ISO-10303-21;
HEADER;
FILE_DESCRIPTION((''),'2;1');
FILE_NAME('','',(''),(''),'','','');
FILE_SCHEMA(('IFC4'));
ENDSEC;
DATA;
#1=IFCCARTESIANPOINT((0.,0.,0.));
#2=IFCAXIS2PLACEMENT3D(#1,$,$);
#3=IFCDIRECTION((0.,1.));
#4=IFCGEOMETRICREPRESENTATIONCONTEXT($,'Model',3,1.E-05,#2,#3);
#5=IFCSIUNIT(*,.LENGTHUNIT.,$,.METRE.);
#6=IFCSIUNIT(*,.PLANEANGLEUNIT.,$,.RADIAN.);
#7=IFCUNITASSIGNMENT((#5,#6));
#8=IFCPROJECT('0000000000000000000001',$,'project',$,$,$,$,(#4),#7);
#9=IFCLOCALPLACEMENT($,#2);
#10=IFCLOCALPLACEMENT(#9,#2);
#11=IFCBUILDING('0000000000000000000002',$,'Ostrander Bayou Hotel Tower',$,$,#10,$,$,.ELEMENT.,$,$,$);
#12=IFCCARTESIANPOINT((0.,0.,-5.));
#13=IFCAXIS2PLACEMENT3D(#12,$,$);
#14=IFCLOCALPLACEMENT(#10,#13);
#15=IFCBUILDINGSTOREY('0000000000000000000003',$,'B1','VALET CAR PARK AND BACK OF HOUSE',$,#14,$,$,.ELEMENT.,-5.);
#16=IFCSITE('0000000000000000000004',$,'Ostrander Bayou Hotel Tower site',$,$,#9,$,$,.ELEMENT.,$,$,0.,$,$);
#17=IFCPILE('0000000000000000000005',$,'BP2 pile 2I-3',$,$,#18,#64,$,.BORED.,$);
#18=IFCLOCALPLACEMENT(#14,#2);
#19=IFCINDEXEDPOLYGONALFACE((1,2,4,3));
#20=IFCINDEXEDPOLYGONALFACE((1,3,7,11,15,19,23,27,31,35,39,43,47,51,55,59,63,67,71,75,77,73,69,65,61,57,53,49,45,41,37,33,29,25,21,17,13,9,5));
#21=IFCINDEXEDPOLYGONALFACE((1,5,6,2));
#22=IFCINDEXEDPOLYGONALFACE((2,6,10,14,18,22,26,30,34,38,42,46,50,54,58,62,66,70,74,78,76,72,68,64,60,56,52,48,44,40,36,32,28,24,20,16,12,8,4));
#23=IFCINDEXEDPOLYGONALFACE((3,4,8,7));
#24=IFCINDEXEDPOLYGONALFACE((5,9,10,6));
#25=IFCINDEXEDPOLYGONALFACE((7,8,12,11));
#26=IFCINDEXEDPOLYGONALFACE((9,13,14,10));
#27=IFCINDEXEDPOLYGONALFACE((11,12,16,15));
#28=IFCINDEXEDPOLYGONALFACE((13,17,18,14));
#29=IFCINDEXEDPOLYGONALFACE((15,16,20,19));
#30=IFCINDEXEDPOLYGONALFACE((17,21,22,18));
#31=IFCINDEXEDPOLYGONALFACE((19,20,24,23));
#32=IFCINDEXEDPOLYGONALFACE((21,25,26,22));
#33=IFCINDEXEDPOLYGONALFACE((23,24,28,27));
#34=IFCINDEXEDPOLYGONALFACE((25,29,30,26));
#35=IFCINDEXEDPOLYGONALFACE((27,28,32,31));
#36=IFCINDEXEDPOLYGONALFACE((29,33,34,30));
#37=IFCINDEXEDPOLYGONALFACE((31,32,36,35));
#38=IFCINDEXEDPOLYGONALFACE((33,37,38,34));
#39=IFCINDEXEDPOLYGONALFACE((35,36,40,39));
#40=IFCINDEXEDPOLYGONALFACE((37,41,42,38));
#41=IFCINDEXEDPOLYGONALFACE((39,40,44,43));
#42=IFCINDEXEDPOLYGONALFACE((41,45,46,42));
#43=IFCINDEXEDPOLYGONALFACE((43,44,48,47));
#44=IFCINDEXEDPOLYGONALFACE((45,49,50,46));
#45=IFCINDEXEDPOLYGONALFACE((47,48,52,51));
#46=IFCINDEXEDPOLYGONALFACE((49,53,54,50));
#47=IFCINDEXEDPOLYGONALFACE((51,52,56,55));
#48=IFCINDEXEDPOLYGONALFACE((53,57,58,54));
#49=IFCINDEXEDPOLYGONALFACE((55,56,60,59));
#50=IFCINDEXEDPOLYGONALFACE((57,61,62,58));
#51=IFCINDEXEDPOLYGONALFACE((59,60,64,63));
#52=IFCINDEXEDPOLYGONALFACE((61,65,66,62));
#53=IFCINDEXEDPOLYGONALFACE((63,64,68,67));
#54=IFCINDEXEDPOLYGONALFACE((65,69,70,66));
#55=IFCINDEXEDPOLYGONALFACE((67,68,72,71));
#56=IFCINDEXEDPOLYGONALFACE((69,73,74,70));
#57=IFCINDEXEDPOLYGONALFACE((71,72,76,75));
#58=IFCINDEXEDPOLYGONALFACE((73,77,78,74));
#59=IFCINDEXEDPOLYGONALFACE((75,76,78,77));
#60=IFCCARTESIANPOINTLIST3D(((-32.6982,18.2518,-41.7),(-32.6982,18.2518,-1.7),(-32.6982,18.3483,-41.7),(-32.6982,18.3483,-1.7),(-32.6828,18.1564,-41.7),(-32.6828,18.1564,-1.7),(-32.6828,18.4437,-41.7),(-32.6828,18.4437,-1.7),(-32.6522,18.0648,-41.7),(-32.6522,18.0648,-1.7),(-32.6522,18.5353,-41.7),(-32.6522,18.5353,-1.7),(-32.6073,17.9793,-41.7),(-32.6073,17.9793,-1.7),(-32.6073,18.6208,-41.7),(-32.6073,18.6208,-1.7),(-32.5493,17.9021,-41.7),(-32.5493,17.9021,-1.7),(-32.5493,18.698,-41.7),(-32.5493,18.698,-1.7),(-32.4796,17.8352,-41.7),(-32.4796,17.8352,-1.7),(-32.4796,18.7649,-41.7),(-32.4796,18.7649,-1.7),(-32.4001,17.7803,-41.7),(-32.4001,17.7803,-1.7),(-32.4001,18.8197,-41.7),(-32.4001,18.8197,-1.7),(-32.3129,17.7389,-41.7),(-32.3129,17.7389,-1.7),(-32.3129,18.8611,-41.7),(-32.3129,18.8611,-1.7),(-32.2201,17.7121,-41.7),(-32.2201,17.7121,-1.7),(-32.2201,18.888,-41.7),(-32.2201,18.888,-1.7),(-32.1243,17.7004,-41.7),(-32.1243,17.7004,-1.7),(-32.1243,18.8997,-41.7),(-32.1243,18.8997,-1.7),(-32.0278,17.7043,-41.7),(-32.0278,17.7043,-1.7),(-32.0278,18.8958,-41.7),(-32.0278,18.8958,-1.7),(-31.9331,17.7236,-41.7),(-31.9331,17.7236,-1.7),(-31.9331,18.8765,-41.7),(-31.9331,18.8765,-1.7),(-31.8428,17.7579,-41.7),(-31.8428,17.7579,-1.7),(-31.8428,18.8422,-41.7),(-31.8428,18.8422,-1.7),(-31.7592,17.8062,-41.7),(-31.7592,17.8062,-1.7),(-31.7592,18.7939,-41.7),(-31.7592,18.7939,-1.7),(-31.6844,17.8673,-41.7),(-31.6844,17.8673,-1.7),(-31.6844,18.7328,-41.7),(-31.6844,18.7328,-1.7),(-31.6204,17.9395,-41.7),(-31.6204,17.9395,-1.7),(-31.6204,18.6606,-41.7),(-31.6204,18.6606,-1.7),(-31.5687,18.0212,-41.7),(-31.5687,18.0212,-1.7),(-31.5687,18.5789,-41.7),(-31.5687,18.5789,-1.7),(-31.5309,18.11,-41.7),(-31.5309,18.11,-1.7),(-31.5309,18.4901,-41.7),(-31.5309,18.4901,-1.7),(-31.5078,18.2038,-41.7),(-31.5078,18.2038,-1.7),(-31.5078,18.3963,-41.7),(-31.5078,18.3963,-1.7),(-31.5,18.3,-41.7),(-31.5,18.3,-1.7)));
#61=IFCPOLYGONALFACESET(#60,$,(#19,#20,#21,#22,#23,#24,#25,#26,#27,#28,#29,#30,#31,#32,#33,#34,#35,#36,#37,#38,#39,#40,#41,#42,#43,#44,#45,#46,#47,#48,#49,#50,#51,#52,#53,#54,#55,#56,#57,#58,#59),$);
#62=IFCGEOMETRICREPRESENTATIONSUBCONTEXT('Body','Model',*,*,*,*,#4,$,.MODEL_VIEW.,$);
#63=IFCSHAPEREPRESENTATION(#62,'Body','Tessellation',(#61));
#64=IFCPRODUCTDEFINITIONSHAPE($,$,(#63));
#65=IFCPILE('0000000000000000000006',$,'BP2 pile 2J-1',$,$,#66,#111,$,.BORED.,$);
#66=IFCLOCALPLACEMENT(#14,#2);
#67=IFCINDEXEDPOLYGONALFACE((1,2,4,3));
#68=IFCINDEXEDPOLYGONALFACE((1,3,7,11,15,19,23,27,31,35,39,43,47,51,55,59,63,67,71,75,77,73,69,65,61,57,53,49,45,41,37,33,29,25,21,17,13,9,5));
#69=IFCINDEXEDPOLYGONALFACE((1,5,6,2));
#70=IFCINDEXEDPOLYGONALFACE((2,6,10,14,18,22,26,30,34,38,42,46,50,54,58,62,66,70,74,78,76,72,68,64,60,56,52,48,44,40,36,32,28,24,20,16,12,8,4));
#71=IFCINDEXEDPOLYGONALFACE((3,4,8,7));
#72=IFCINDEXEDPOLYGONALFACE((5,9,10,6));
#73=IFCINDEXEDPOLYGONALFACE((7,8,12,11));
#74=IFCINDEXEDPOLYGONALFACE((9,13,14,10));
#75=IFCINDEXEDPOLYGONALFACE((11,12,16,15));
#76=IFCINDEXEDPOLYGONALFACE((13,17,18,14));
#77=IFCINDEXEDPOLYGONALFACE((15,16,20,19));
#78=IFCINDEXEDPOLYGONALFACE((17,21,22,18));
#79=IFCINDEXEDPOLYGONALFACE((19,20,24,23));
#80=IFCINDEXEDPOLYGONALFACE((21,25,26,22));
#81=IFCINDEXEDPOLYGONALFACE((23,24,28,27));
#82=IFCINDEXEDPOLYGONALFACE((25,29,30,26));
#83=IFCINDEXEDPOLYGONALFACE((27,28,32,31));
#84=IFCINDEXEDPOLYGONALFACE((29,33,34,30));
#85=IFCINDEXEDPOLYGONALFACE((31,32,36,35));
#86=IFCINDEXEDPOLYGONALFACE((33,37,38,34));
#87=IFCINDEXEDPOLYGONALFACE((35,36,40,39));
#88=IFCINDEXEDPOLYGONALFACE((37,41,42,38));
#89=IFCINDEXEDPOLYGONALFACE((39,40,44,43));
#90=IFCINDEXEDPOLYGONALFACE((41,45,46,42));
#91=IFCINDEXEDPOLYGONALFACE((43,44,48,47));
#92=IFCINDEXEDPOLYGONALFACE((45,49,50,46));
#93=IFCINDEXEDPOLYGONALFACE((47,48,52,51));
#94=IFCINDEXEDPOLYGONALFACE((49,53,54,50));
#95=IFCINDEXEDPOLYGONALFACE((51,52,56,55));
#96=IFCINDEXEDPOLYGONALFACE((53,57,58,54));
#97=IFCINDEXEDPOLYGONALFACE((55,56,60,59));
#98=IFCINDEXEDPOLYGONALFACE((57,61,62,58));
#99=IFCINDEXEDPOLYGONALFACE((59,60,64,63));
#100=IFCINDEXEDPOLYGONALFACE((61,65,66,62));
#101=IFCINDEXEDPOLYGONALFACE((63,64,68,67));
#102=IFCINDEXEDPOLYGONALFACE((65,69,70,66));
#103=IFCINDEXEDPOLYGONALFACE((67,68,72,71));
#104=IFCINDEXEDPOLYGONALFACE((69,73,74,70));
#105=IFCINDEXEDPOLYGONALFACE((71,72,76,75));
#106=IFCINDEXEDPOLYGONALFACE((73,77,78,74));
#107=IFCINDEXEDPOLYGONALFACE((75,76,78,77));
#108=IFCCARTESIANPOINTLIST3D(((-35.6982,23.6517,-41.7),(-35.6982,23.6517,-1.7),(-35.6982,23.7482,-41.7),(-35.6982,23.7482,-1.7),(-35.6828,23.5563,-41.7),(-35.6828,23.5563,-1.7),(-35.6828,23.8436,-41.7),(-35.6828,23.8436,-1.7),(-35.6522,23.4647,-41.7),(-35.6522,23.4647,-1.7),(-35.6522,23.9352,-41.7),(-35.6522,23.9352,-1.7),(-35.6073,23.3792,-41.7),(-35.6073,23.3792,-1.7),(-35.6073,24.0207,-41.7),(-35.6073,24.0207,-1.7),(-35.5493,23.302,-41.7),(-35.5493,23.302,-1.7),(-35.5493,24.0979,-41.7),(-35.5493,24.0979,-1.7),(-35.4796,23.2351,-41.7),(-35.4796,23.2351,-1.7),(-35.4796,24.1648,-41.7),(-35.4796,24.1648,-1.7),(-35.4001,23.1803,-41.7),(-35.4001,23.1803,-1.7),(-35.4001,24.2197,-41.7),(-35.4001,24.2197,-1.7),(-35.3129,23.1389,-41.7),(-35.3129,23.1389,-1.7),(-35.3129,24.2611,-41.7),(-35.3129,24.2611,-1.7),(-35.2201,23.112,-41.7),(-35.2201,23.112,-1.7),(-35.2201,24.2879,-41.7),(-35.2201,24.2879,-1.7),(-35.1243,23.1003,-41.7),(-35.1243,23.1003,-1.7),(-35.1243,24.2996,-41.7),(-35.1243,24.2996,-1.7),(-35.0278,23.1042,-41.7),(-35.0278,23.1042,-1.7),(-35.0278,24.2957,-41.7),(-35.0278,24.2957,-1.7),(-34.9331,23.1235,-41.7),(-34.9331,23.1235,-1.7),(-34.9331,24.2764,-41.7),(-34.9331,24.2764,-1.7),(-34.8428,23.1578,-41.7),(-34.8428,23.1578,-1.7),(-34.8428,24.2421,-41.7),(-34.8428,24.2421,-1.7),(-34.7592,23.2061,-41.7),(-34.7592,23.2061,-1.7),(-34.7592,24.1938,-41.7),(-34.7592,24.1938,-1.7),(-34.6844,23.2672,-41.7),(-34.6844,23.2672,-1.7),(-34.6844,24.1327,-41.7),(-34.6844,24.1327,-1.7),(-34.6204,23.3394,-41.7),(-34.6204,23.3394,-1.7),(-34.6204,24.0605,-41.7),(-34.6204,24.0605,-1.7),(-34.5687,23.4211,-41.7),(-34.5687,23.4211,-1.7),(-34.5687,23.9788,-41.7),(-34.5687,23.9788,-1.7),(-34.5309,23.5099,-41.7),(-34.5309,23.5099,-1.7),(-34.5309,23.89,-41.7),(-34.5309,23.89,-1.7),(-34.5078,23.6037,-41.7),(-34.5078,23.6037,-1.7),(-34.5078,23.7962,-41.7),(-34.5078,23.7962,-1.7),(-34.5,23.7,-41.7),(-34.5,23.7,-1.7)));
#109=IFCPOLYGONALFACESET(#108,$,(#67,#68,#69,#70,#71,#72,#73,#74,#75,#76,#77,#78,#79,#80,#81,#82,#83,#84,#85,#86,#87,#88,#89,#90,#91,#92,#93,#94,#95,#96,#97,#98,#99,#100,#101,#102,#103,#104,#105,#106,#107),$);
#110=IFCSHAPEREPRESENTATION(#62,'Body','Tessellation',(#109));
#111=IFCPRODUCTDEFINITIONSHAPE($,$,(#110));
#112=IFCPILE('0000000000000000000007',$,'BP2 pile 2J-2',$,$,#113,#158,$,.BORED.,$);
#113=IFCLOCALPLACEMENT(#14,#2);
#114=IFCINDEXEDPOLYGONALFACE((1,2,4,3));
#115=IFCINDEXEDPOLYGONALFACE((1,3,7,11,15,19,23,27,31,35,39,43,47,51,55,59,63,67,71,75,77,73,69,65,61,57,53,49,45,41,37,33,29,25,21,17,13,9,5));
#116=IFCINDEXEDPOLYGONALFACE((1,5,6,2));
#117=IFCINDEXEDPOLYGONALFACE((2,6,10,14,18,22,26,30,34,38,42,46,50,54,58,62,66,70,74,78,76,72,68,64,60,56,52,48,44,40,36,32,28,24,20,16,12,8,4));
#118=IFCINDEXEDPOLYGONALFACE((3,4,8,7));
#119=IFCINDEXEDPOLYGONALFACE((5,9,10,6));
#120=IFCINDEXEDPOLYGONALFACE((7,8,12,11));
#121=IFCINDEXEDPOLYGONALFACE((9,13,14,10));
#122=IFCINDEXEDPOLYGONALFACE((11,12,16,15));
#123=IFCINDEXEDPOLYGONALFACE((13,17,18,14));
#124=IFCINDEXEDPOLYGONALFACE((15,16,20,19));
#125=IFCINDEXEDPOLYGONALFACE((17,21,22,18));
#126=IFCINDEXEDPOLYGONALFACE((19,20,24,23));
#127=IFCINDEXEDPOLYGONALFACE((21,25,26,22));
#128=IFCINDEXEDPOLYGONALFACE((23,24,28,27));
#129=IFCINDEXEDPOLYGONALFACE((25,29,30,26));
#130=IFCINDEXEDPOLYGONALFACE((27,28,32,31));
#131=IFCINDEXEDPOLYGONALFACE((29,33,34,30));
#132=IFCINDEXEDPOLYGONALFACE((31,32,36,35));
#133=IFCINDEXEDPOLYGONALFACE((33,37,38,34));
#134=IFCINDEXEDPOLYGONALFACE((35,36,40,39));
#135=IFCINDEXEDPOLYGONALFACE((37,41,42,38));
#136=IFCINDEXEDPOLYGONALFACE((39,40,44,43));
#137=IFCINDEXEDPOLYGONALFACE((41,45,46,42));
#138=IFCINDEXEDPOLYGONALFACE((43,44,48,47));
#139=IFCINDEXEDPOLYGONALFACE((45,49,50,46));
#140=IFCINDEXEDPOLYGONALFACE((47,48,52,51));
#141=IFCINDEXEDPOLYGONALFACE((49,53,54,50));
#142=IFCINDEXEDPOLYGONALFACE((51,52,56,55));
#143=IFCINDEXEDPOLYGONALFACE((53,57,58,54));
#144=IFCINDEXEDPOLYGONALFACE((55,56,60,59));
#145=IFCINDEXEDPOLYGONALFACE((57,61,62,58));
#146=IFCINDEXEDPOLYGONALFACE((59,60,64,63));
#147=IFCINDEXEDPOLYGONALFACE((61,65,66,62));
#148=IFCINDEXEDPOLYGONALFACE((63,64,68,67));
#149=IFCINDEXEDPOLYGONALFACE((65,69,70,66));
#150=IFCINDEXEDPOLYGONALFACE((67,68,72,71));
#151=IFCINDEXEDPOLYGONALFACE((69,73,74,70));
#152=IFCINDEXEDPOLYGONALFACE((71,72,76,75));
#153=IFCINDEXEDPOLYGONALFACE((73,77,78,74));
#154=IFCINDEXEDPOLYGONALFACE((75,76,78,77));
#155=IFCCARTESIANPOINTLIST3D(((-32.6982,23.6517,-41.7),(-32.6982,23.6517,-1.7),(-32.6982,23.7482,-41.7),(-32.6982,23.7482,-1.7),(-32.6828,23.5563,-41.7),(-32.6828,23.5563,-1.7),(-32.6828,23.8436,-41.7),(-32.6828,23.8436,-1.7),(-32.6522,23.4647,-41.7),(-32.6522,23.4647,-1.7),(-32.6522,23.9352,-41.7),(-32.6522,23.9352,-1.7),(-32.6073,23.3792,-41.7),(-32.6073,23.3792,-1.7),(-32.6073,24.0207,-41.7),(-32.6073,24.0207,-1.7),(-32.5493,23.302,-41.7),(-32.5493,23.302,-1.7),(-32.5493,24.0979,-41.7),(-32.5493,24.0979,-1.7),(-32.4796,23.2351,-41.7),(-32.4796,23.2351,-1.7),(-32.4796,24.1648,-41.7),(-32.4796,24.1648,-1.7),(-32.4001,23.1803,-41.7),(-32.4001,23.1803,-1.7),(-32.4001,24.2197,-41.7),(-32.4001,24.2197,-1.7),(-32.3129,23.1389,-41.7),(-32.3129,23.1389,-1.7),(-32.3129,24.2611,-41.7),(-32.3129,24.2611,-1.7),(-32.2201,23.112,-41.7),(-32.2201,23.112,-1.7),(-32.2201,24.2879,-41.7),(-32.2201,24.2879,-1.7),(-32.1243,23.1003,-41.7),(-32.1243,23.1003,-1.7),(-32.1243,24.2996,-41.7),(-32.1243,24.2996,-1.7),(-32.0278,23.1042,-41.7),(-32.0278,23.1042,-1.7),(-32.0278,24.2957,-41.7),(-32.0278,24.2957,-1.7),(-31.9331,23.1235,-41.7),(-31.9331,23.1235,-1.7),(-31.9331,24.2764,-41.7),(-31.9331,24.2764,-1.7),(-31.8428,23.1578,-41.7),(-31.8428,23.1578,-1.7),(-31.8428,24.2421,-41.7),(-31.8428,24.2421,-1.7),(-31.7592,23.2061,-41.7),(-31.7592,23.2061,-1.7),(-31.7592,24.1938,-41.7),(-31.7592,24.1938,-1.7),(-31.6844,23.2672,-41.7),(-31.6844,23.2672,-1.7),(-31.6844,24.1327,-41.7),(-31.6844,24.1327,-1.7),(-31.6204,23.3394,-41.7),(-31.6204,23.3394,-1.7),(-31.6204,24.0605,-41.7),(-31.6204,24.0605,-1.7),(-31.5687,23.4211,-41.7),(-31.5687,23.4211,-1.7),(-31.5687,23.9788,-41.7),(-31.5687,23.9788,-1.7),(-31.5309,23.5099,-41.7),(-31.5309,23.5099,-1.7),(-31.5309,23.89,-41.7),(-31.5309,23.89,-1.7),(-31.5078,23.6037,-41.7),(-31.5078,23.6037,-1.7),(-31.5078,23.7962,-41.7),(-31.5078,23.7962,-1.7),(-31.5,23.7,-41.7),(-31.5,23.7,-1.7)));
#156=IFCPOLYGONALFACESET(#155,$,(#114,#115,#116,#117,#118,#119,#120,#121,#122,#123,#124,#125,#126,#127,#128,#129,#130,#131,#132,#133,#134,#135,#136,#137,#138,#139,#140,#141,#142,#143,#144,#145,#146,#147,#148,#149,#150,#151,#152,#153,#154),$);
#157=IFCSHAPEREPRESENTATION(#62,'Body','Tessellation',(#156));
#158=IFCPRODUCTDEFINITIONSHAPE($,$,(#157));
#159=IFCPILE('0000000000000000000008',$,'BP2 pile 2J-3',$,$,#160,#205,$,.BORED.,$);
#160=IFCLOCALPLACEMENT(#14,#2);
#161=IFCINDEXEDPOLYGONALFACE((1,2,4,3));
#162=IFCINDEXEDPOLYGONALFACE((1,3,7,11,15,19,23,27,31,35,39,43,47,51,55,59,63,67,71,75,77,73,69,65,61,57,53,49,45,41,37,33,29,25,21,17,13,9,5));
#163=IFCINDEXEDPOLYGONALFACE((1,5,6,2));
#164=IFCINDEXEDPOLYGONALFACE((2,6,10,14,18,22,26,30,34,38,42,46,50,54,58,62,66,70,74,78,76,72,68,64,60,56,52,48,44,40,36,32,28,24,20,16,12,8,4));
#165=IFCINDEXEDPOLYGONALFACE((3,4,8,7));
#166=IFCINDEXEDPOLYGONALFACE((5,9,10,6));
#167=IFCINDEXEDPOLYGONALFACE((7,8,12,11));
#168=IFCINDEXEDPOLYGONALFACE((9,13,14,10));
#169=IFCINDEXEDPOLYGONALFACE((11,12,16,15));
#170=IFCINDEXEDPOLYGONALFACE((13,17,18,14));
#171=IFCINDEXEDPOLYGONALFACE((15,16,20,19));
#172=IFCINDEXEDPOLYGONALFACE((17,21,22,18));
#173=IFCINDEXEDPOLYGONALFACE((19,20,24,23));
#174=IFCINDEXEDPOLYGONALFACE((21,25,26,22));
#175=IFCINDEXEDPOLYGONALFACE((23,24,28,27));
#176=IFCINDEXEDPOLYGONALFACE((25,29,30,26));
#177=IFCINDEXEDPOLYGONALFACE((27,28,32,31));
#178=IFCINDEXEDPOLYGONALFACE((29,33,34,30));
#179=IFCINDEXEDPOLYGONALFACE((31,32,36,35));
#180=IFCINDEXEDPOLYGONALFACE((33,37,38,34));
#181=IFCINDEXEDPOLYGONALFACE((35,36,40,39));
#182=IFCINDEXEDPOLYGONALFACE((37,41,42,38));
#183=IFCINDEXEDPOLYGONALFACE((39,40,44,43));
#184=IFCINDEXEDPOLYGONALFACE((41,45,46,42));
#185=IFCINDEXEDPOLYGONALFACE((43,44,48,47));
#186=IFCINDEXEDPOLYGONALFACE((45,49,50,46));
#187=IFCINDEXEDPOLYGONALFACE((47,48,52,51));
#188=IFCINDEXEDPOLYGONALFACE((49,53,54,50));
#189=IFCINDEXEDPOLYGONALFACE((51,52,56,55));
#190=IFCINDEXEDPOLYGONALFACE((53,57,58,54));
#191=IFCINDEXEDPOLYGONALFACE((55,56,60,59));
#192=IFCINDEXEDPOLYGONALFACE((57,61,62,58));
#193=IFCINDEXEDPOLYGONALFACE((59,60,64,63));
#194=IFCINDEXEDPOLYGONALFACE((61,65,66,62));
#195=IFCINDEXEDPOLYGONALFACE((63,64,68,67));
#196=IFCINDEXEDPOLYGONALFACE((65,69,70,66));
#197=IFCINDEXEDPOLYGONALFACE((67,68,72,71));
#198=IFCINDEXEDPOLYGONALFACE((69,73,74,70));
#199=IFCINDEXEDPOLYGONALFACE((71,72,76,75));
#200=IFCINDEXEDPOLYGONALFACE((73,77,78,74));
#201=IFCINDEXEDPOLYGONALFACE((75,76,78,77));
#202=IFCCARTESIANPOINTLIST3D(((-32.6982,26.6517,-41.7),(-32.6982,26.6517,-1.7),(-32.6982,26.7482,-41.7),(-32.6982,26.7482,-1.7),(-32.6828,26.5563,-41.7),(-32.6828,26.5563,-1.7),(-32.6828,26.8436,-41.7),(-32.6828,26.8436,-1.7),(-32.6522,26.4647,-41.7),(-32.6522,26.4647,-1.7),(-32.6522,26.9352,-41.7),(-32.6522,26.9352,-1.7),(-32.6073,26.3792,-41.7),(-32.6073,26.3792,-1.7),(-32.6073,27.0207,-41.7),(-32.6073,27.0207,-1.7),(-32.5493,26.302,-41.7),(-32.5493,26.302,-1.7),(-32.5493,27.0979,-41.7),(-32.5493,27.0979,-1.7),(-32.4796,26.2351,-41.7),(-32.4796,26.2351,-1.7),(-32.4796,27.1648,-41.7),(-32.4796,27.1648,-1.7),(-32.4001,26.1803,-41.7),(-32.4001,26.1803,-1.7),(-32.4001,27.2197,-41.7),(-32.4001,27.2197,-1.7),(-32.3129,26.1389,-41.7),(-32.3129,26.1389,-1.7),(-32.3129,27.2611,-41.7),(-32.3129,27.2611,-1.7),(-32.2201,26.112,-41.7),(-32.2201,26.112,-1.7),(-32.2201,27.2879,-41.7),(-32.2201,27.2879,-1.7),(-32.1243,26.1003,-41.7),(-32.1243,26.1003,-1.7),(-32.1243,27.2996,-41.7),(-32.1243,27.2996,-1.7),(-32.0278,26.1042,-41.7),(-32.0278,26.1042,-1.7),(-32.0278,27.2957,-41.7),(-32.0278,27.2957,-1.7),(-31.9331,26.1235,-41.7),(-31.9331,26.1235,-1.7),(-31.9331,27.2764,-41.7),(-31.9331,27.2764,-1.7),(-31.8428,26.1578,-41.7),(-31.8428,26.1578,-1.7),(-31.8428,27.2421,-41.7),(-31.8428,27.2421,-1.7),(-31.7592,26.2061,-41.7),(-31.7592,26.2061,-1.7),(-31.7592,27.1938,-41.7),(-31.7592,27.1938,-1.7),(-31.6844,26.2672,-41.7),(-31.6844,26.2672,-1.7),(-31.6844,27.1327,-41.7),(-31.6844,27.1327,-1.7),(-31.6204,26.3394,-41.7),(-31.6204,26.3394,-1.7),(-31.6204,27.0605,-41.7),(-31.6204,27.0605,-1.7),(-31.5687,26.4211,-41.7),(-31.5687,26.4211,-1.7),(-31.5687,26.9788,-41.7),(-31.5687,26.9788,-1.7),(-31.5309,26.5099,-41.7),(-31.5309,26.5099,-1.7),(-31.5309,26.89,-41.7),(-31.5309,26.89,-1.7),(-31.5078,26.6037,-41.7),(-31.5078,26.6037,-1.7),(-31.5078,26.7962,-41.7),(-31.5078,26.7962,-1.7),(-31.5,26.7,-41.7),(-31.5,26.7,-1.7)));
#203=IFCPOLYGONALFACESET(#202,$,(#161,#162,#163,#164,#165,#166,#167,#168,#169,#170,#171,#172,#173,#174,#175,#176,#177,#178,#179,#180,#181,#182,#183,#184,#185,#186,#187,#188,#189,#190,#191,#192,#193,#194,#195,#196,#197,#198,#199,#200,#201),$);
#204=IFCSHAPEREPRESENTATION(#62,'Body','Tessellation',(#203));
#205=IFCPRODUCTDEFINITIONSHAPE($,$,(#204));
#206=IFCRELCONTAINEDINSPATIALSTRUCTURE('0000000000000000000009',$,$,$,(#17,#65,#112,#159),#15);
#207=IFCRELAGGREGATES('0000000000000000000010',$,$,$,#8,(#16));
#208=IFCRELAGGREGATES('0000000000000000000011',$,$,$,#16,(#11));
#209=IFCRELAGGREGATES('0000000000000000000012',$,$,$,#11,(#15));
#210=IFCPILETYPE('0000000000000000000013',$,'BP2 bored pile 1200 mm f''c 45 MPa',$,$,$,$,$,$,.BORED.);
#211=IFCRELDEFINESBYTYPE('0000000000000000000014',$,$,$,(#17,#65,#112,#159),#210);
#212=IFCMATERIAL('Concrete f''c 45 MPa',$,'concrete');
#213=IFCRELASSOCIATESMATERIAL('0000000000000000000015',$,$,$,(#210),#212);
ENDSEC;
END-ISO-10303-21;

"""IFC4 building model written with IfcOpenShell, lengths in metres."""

from ifc_helpers import new_model, si_unit, direction, frame, origin, origin_2d, place, context, subcontext, project, spatial, circle, extrude, material, material_profile, profile_set, type_object, element, save


model = new_model("IFC4")

# Units and contexts
model_context = context("Model", 3, precision=1e-05, world=origin(), true_north=direction((0.0, 1.0)))
body_context = subcontext(model_context, "Body", "Model", "MODEL_VIEW")
ifc_project = project(units=[si_unit("LENGTHUNIT", "METRE"), si_unit("PLANEANGLEUNIT", "RADIAN")], contexts=[model_context])

# Site, building, storey
site_placement = place(None, origin())
site = spatial("IfcSite", under=ifc_project, at=site_placement, Name="Ostrander Bayou Hotel Tower site", CompositionType="ELEMENT", RefElevation=0.0)
building_placement = place(site_placement, origin())
building = spatial("IfcBuilding", under=site, at=building_placement, Name="Ostrander Bayou Hotel Tower", CompositionType="ELEMENT")
storey_placement = place(building_placement, frame((0.0, 0.0, -5.0)))
storey = spatial("IfcBuildingStorey", under=building, at=storey_placement, Name="B1", Description="VALET CAR PARK AND BACK OF HOUSE", CompositionType="ELEMENT", Elevation=-5.0)

# Piles
ifc_material_1 = material(Name="Concrete f'c 45 MPa", Category="concrete")
ifc_material_profile_1 = material_profile(ifc_material_1, circle(Radius=0.6001, at=origin_2d()))
ifc_profile_set_1 = profile_set([ifc_material_profile_1], Name="Concrete f'c 45 MPa")
pile_type = type_object("IfcPileType", Name="BP2 bored pile 1200 mm f'c 45 MPa", PredefinedType="BORED", material=ifc_profile_set_1)
for number, where, z_axis, x_axis, name in (
    (1, (-32.1001, 18.3, -1.7), (0.0, 0.0, -1.0), (1.0, 0.0, 0.0), "BP2 pile 2I-3"),
    (2, (-35.1001, 23.7, -1.7), (0.0, 0.0, -1.0), (1.0, 0.0, 0.0), "BP2 pile 2J-1"),
    (3, (-32.1001, 23.7, -1.7), (0.0, 0.0, -1.0), (1.0, 0.0, 0.0), "BP2 pile 2J-2"),
    (4, (-32.1001, 26.7, -1.7), (0.0, 0.0, -1.0), (1.0, 0.0, 0.0), "BP2 pile 2J-3"),
):
    element("IfcPile", number, at=place(storey_placement, frame(where, z_axis=z_axis, x_axis=x_axis)), inside=storey, type_object=pile_type, Name=name, PredefinedType="BORED", context=body_context, shape_type="SweptSolid", body=[
        extrude(circle(Radius=0.6001, at=origin_2d()), origin(), (0.0, 0.0, 1.0), 40.0),
    ])

save(model, "model.ifc")
